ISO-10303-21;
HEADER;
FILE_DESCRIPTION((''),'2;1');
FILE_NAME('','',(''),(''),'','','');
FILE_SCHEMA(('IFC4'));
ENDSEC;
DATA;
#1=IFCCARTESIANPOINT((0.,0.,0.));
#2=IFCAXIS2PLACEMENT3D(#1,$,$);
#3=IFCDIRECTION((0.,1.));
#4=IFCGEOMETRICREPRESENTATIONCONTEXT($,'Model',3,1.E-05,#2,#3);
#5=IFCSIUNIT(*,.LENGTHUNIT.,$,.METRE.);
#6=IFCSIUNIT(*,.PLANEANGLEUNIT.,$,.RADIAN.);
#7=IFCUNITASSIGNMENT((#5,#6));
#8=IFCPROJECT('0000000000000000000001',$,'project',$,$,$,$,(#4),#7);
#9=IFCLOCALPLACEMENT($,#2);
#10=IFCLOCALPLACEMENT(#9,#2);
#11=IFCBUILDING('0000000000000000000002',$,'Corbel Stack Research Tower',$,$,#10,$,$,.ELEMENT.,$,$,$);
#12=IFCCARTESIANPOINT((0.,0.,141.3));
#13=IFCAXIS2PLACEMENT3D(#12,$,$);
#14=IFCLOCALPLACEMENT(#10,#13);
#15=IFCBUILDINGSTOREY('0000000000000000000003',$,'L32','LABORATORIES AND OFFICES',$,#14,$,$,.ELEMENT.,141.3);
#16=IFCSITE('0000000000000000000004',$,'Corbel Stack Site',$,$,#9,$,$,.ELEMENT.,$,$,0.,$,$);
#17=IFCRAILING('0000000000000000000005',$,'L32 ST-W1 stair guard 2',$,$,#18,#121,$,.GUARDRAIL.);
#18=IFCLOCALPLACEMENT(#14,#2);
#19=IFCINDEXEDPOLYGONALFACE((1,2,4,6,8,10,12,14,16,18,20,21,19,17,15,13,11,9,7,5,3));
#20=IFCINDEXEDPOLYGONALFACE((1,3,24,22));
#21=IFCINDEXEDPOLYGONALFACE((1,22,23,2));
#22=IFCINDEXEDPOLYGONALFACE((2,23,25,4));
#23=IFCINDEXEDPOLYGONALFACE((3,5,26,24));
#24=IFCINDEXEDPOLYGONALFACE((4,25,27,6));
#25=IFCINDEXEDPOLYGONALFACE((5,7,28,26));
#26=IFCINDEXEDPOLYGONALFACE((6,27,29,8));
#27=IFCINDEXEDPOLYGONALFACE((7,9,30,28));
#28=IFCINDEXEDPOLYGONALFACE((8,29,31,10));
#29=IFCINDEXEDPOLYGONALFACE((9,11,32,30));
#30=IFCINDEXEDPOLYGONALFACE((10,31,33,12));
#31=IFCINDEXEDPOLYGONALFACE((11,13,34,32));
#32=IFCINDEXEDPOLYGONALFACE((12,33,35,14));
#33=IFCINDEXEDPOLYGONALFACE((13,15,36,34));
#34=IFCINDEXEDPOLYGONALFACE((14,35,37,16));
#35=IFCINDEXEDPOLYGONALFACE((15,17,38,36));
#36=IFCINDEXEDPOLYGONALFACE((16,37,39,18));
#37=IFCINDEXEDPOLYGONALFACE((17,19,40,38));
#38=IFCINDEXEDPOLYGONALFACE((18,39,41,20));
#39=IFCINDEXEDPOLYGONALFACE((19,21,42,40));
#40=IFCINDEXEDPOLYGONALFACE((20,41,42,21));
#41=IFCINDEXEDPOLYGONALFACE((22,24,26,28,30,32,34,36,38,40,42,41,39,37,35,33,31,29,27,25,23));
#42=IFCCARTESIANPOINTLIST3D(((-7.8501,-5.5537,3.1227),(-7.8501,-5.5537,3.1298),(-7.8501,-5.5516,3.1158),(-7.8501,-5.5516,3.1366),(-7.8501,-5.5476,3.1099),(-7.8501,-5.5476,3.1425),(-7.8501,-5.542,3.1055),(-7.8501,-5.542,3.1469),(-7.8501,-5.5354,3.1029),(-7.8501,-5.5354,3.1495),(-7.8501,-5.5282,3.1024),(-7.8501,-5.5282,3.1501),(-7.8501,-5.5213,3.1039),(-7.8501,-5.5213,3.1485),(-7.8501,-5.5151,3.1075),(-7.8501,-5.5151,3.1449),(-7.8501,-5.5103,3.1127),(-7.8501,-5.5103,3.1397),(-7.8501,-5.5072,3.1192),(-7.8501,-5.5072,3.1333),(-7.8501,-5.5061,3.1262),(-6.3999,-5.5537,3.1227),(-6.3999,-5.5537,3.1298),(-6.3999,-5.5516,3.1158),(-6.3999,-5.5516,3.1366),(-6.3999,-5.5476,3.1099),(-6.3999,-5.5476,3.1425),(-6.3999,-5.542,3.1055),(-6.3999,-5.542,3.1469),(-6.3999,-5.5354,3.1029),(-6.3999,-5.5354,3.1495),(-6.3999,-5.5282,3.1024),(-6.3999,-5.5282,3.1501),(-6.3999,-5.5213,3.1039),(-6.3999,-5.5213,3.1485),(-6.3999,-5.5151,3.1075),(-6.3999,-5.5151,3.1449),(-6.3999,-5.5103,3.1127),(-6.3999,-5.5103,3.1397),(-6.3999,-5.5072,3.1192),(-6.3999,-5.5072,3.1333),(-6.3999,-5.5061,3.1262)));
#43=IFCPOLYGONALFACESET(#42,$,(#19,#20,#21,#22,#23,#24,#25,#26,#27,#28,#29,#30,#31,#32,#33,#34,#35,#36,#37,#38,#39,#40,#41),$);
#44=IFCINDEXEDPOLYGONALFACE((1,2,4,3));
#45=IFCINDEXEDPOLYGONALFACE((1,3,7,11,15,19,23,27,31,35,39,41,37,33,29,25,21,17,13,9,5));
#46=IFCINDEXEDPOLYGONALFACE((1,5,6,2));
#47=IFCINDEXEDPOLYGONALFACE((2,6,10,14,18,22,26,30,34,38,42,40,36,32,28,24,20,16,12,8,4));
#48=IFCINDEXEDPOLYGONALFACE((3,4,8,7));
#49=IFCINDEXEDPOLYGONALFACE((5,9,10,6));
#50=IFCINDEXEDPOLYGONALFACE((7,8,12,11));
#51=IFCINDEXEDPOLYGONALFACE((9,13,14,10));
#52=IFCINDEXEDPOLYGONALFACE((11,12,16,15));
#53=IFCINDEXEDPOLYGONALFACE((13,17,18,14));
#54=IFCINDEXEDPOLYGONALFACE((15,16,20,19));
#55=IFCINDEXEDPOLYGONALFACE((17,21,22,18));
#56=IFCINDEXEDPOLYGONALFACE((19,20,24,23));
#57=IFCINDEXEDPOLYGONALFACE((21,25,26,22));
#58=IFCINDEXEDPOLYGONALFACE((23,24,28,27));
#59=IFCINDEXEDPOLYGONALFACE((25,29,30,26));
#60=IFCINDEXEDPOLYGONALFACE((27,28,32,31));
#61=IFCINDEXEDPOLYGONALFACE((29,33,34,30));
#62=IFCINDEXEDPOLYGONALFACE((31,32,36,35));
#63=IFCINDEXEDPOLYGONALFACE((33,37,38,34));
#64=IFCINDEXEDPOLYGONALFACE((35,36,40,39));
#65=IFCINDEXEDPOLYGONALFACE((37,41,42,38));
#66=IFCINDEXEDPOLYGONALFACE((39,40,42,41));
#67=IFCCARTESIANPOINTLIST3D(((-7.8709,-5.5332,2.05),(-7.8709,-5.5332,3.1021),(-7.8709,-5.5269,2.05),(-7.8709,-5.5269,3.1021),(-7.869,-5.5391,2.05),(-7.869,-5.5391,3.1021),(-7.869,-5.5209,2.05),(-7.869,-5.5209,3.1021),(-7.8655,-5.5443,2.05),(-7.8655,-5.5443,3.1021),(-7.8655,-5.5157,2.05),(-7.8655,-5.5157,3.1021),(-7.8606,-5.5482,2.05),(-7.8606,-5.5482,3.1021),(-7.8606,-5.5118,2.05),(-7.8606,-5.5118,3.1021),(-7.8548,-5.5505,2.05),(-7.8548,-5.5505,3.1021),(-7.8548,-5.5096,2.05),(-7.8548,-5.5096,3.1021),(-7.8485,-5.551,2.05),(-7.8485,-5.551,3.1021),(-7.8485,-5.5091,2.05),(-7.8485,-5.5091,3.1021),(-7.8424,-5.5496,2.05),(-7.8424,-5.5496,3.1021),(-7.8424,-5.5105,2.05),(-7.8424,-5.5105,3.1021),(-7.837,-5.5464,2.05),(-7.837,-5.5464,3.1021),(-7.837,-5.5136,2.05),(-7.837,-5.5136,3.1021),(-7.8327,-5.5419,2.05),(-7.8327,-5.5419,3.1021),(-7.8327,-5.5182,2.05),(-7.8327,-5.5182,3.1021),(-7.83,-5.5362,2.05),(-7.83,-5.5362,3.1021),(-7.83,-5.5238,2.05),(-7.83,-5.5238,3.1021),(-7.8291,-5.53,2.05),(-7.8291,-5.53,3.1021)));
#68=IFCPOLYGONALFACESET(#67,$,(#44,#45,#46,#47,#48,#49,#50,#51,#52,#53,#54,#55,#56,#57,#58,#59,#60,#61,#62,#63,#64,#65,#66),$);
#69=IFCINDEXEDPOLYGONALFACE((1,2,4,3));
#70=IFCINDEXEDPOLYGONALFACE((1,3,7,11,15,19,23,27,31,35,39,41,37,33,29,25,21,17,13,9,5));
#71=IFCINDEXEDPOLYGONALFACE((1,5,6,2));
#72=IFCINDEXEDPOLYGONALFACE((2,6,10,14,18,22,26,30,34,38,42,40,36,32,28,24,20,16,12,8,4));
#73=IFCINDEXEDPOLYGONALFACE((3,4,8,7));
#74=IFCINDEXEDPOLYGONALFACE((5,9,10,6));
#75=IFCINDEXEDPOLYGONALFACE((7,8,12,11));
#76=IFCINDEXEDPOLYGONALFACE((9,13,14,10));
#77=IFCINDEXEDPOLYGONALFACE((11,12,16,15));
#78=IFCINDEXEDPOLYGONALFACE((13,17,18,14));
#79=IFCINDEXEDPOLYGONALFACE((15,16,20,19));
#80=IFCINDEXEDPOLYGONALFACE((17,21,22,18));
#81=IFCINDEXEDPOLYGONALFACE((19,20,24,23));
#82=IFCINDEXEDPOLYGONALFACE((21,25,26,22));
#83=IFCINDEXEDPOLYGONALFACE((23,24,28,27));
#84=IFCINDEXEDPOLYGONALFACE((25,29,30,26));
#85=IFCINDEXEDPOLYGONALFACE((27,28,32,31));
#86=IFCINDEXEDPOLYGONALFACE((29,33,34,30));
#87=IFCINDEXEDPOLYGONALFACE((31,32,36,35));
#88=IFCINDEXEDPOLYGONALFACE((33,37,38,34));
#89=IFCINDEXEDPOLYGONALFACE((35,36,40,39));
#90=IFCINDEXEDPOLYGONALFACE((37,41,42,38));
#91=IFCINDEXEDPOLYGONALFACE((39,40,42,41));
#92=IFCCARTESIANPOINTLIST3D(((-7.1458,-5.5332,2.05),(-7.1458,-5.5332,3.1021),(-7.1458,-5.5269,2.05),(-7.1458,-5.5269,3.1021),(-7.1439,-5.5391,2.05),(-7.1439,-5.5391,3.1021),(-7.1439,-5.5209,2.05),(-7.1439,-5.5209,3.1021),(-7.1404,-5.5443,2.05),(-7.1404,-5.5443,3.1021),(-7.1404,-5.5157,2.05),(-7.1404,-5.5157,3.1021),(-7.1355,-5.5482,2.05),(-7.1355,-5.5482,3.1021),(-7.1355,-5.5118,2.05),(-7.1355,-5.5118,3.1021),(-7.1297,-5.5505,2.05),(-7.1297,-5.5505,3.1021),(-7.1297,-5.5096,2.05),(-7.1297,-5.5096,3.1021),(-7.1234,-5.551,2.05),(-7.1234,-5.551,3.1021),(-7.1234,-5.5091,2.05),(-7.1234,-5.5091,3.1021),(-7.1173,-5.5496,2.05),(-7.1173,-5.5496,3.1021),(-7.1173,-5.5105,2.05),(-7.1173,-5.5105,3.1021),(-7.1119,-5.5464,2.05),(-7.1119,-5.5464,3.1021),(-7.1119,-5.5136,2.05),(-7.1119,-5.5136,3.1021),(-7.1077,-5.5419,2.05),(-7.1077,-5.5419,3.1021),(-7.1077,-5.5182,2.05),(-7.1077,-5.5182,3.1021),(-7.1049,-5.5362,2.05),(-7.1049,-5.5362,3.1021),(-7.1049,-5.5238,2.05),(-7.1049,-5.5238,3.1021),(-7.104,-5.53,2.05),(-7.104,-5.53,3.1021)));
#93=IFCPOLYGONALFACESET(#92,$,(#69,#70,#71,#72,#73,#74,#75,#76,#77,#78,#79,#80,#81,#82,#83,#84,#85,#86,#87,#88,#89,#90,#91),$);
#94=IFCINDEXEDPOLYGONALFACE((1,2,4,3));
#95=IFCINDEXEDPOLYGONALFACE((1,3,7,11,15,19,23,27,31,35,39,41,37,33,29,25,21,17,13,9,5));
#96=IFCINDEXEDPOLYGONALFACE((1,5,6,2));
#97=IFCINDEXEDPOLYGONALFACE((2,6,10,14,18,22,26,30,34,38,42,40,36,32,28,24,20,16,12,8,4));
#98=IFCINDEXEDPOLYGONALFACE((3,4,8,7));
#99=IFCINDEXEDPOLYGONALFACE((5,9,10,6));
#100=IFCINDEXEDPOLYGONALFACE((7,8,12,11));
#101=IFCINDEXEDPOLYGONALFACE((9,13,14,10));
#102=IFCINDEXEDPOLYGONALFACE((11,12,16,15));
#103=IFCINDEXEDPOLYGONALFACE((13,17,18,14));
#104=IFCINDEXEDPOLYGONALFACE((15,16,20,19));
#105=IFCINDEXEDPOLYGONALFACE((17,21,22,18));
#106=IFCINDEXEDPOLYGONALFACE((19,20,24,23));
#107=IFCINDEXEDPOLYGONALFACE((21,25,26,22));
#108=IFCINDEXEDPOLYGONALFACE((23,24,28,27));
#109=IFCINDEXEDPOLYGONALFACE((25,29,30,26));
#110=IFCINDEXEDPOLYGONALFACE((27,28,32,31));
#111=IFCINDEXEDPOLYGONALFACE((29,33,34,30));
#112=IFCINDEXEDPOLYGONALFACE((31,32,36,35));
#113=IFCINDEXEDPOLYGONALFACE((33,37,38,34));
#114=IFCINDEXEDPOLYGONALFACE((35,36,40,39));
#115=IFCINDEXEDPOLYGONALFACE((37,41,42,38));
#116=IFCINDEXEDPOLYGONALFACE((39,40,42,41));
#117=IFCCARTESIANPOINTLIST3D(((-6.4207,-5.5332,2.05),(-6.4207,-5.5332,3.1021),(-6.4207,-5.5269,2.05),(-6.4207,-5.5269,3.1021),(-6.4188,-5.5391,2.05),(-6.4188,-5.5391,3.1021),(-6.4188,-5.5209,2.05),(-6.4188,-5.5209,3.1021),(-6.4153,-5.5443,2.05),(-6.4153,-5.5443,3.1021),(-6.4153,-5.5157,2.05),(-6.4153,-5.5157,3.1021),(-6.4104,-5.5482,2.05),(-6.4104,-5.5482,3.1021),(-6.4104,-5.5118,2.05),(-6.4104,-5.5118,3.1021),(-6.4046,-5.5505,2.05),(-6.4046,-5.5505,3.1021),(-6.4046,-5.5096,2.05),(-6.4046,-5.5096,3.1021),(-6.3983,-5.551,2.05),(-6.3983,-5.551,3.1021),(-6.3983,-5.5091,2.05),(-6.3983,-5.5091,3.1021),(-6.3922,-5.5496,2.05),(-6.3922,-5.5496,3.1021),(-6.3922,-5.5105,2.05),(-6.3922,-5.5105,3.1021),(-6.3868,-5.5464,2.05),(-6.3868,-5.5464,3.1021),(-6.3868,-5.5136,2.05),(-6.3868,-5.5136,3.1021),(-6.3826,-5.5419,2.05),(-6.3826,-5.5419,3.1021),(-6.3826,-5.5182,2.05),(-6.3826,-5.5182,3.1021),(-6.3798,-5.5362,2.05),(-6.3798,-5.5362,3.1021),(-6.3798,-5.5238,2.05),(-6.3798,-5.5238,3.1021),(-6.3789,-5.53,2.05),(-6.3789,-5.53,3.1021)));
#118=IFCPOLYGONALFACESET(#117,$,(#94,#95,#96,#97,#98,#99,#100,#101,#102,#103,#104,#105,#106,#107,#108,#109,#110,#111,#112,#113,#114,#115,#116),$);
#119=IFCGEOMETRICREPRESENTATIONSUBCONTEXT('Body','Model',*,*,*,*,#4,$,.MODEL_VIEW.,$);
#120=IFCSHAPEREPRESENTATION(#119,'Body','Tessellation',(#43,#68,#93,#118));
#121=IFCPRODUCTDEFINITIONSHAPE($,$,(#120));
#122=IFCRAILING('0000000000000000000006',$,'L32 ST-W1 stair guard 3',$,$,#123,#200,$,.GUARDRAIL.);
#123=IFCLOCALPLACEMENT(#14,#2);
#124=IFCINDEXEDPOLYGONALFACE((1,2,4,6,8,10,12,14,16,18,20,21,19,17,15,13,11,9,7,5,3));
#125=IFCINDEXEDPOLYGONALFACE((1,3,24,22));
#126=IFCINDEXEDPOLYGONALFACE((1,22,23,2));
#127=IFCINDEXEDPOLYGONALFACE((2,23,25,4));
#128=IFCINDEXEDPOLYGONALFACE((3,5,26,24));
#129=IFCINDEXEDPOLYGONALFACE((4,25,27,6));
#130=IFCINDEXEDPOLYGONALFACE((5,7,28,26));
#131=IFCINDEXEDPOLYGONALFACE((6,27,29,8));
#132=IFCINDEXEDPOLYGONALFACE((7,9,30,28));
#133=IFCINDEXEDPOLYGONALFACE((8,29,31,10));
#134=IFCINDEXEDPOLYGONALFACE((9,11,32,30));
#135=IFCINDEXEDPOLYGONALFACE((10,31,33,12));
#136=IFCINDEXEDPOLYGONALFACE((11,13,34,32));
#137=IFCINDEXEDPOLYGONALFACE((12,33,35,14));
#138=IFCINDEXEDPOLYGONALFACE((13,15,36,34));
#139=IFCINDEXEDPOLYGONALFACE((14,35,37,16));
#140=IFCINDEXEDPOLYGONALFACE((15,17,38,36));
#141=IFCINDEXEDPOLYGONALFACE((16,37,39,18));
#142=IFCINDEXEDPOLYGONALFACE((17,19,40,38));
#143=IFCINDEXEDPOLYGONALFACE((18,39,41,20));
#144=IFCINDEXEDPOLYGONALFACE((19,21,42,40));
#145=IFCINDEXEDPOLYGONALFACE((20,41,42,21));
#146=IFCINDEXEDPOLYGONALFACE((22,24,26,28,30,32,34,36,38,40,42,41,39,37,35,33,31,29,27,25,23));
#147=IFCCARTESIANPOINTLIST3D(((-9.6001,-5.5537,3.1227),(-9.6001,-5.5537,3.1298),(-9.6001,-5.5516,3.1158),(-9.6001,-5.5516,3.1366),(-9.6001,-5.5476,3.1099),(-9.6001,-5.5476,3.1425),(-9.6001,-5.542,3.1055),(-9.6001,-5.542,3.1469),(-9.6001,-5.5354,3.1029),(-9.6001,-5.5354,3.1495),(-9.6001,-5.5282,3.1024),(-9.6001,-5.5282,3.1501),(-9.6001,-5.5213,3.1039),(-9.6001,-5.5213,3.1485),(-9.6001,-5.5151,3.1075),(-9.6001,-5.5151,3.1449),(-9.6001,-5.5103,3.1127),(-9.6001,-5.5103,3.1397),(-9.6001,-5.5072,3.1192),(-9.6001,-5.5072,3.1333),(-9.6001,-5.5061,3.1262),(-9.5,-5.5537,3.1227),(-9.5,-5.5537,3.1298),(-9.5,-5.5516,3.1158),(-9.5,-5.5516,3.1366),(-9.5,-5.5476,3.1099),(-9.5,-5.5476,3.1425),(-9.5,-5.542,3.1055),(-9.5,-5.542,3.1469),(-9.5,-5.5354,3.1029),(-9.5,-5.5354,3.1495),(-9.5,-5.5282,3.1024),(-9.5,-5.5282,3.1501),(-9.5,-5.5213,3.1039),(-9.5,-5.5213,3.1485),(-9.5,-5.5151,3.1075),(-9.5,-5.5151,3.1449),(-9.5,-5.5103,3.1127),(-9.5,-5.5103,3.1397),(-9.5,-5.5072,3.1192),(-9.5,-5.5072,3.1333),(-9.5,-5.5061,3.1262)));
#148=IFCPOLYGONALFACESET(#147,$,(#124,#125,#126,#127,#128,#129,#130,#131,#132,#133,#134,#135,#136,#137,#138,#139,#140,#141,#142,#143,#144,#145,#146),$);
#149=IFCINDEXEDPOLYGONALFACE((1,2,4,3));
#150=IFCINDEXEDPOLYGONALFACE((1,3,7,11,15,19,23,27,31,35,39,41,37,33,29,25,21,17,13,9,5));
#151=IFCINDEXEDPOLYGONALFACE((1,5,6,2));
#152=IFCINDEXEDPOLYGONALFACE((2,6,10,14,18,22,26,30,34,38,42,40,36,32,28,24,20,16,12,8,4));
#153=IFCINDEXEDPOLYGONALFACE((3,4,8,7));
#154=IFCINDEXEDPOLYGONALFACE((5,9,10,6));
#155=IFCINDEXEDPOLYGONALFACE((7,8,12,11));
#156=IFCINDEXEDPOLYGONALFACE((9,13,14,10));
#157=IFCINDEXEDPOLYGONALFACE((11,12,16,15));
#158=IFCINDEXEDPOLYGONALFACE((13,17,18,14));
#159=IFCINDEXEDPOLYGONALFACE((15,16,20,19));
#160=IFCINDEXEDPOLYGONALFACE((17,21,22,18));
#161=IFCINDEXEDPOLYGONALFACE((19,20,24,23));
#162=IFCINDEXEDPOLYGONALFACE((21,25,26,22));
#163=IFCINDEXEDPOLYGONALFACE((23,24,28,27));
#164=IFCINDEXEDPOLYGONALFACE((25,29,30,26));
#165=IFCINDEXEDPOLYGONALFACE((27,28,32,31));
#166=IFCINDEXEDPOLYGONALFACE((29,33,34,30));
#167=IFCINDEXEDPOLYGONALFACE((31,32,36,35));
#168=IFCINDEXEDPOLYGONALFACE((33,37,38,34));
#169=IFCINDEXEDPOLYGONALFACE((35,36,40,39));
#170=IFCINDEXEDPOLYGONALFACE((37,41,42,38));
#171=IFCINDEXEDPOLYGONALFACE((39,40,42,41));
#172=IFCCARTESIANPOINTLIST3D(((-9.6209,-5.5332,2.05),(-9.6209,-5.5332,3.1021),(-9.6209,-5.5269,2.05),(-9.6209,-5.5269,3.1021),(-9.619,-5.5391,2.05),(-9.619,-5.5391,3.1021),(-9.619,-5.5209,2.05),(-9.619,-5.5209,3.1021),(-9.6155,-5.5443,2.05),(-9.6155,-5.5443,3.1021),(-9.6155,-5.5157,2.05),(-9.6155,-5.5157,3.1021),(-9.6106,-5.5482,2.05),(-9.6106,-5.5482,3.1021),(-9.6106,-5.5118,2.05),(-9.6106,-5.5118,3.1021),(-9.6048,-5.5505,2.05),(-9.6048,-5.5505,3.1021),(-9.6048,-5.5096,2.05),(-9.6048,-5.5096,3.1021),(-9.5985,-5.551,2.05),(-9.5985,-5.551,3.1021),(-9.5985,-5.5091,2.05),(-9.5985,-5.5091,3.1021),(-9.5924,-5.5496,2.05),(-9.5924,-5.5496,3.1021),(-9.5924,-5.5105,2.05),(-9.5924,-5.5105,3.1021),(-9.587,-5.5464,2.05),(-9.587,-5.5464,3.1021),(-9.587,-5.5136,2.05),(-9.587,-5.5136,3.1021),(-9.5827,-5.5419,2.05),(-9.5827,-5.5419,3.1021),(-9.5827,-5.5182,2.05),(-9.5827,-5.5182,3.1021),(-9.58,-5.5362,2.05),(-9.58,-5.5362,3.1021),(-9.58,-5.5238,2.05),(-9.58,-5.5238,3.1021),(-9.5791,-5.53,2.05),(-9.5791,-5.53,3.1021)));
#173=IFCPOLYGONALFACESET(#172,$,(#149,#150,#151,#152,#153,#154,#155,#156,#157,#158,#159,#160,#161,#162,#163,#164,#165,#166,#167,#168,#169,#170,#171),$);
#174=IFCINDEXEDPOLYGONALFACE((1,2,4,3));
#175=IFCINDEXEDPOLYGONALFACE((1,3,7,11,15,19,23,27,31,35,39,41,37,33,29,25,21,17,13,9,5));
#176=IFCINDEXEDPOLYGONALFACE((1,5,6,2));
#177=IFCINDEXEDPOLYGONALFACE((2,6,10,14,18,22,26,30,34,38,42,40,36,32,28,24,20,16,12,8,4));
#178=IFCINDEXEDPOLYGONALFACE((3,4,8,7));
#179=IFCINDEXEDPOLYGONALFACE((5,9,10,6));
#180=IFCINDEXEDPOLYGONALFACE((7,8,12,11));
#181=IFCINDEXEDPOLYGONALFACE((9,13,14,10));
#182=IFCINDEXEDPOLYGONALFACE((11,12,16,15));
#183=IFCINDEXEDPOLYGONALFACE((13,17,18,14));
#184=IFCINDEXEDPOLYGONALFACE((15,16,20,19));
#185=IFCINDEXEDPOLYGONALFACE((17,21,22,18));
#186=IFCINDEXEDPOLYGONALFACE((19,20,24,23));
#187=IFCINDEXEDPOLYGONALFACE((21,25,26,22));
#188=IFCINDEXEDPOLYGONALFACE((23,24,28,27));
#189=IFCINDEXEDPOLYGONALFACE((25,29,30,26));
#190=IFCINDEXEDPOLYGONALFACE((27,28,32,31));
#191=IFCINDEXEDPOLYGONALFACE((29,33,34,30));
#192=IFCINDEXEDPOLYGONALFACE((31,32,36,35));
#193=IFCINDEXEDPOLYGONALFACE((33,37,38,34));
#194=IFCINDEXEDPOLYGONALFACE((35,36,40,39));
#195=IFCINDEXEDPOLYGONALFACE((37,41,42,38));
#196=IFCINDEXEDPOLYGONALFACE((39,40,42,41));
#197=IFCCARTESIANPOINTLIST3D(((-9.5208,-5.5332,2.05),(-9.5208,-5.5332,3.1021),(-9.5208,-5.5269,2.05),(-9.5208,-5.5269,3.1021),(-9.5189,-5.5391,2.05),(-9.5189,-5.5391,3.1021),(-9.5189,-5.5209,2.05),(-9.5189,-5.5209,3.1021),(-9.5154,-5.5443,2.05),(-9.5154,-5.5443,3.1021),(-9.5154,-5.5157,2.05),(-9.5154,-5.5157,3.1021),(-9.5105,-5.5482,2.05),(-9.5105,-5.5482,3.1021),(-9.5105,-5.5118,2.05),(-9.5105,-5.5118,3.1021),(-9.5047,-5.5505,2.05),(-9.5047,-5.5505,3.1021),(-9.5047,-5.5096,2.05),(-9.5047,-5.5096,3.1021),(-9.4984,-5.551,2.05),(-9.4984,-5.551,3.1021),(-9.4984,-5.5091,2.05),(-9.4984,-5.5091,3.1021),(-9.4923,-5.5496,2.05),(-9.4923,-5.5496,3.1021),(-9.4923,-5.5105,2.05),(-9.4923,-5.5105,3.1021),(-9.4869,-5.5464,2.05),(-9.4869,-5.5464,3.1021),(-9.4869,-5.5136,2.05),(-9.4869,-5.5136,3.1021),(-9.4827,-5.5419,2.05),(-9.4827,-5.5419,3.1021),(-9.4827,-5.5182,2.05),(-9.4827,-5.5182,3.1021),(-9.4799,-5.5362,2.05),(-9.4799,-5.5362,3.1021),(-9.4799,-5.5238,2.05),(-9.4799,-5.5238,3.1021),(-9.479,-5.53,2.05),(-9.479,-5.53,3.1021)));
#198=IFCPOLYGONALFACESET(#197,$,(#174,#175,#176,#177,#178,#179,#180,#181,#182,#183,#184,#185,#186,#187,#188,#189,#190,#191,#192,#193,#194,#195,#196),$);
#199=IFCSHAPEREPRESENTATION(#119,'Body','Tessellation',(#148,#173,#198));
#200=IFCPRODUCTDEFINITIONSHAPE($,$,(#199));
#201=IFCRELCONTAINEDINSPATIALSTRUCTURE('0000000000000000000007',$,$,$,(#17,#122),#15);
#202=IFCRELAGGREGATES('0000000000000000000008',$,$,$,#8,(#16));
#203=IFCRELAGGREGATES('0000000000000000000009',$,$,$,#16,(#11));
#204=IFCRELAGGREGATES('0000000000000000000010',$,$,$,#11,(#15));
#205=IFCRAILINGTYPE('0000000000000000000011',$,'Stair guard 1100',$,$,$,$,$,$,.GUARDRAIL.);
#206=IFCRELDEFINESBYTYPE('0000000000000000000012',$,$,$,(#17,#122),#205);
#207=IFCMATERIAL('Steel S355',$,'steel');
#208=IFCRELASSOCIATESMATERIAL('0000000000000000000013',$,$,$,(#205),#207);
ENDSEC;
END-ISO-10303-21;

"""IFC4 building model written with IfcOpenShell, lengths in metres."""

from ifc_helpers import new_model, si_unit, direction, frame, origin, origin_2d, place, context, subcontext, project, spatial, circle, extrude, material, type_object, element, save


model = new_model("IFC4")

# Units and contexts
model_context = context("Model", 3, precision=1e-05, world=origin(), true_north=direction((0.0, 1.0)))
body_context = subcontext(model_context, "Body", "Model", "MODEL_VIEW")
ifc_project = project(units=[si_unit("LENGTHUNIT", "METRE"), si_unit("PLANEANGLEUNIT", "RADIAN")], contexts=[model_context])

# Site, building, storey
site_placement = place(None, origin())
site = spatial("IfcSite", under=ifc_project, at=site_placement, Name="Corbel Stack Site", CompositionType="ELEMENT", RefElevation=0.0)
building_placement = place(site_placement, origin())
building = spatial("IfcBuilding", under=site, at=building_placement, Name="Corbel Stack Research Tower", CompositionType="ELEMENT")
storey_placement = place(building_placement, frame((0.0, 0.0, 141.3)))
storey = spatial("IfcBuildingStorey", under=building, at=storey_placement, Name="L32", Description="LABORATORIES AND OFFICES", CompositionType="ELEMENT", Elevation=141.3)

# Railings
ifc_material_1 = material(Name="Steel S355", Category="steel")
railing_type_1 = type_object("IfcRailingType", Name="Stair guard 1100", PredefinedType="GUARDRAIL", material=ifc_material_1)
railing_1_placement = place(storey_placement, frame((-7.8501, -5.53, 2.05)))
element("IfcRailing", 1, at=railing_1_placement, inside=storey, type_object=railing_type_1, Name="L32 ST-W1 stair guard 2", PredefinedType="GUARDRAIL", context=body_context, shape_type="SweptSolid", body=[
    extrude(circle(Radius=0.0239, at=origin_2d()), frame((0.0, 0.0, 1.0762), z_axis=(1.0, 0.0, 0.0), x_axis=(0.0, 1.0, 0.0)), (0.0, 0.0, 1.0), 1.4502),
    extrude(circle(Radius=0.021, at=origin_2d()), origin(), (0.0, 0.0, 1.0), 1.052),
    extrude(circle(Radius=0.021, at=origin_2d()), frame((0.7251, 0.0, 0.0)), (0.0, 0.0, 1.0), 1.052),
    extrude(circle(Radius=0.021, at=origin_2d()), frame((1.4502, 0.0, 0.0)), (0.0, 0.0, 1.0), 1.052),
])
railing_2_placement = place(storey_placement, frame((-9.6001, -5.53, 2.05)))
element("IfcRailing", 2, at=railing_2_placement, inside=storey, type_object=railing_type_1, Name="L32 ST-W1 stair guard 3", PredefinedType="GUARDRAIL", context=body_context, shape_type="SweptSolid", body=[
    extrude(circle(Radius=0.0239, at=origin_2d()), frame((0.0, 0.0, 1.0762), z_axis=(1.0, 0.0, 0.0), x_axis=(0.0, 1.0, 0.0)), (0.0, 0.0, 1.0), 0.1001),
    extrude(circle(Radius=0.021, at=origin_2d()), origin(), (0.0, 0.0, 1.0), 1.052),
    extrude(circle(Radius=0.021, at=origin_2d()), frame((0.1001, 0.0, 0.0)), (0.0, 0.0, 1.0), 1.052),
])

save(model, "model.ifc")
